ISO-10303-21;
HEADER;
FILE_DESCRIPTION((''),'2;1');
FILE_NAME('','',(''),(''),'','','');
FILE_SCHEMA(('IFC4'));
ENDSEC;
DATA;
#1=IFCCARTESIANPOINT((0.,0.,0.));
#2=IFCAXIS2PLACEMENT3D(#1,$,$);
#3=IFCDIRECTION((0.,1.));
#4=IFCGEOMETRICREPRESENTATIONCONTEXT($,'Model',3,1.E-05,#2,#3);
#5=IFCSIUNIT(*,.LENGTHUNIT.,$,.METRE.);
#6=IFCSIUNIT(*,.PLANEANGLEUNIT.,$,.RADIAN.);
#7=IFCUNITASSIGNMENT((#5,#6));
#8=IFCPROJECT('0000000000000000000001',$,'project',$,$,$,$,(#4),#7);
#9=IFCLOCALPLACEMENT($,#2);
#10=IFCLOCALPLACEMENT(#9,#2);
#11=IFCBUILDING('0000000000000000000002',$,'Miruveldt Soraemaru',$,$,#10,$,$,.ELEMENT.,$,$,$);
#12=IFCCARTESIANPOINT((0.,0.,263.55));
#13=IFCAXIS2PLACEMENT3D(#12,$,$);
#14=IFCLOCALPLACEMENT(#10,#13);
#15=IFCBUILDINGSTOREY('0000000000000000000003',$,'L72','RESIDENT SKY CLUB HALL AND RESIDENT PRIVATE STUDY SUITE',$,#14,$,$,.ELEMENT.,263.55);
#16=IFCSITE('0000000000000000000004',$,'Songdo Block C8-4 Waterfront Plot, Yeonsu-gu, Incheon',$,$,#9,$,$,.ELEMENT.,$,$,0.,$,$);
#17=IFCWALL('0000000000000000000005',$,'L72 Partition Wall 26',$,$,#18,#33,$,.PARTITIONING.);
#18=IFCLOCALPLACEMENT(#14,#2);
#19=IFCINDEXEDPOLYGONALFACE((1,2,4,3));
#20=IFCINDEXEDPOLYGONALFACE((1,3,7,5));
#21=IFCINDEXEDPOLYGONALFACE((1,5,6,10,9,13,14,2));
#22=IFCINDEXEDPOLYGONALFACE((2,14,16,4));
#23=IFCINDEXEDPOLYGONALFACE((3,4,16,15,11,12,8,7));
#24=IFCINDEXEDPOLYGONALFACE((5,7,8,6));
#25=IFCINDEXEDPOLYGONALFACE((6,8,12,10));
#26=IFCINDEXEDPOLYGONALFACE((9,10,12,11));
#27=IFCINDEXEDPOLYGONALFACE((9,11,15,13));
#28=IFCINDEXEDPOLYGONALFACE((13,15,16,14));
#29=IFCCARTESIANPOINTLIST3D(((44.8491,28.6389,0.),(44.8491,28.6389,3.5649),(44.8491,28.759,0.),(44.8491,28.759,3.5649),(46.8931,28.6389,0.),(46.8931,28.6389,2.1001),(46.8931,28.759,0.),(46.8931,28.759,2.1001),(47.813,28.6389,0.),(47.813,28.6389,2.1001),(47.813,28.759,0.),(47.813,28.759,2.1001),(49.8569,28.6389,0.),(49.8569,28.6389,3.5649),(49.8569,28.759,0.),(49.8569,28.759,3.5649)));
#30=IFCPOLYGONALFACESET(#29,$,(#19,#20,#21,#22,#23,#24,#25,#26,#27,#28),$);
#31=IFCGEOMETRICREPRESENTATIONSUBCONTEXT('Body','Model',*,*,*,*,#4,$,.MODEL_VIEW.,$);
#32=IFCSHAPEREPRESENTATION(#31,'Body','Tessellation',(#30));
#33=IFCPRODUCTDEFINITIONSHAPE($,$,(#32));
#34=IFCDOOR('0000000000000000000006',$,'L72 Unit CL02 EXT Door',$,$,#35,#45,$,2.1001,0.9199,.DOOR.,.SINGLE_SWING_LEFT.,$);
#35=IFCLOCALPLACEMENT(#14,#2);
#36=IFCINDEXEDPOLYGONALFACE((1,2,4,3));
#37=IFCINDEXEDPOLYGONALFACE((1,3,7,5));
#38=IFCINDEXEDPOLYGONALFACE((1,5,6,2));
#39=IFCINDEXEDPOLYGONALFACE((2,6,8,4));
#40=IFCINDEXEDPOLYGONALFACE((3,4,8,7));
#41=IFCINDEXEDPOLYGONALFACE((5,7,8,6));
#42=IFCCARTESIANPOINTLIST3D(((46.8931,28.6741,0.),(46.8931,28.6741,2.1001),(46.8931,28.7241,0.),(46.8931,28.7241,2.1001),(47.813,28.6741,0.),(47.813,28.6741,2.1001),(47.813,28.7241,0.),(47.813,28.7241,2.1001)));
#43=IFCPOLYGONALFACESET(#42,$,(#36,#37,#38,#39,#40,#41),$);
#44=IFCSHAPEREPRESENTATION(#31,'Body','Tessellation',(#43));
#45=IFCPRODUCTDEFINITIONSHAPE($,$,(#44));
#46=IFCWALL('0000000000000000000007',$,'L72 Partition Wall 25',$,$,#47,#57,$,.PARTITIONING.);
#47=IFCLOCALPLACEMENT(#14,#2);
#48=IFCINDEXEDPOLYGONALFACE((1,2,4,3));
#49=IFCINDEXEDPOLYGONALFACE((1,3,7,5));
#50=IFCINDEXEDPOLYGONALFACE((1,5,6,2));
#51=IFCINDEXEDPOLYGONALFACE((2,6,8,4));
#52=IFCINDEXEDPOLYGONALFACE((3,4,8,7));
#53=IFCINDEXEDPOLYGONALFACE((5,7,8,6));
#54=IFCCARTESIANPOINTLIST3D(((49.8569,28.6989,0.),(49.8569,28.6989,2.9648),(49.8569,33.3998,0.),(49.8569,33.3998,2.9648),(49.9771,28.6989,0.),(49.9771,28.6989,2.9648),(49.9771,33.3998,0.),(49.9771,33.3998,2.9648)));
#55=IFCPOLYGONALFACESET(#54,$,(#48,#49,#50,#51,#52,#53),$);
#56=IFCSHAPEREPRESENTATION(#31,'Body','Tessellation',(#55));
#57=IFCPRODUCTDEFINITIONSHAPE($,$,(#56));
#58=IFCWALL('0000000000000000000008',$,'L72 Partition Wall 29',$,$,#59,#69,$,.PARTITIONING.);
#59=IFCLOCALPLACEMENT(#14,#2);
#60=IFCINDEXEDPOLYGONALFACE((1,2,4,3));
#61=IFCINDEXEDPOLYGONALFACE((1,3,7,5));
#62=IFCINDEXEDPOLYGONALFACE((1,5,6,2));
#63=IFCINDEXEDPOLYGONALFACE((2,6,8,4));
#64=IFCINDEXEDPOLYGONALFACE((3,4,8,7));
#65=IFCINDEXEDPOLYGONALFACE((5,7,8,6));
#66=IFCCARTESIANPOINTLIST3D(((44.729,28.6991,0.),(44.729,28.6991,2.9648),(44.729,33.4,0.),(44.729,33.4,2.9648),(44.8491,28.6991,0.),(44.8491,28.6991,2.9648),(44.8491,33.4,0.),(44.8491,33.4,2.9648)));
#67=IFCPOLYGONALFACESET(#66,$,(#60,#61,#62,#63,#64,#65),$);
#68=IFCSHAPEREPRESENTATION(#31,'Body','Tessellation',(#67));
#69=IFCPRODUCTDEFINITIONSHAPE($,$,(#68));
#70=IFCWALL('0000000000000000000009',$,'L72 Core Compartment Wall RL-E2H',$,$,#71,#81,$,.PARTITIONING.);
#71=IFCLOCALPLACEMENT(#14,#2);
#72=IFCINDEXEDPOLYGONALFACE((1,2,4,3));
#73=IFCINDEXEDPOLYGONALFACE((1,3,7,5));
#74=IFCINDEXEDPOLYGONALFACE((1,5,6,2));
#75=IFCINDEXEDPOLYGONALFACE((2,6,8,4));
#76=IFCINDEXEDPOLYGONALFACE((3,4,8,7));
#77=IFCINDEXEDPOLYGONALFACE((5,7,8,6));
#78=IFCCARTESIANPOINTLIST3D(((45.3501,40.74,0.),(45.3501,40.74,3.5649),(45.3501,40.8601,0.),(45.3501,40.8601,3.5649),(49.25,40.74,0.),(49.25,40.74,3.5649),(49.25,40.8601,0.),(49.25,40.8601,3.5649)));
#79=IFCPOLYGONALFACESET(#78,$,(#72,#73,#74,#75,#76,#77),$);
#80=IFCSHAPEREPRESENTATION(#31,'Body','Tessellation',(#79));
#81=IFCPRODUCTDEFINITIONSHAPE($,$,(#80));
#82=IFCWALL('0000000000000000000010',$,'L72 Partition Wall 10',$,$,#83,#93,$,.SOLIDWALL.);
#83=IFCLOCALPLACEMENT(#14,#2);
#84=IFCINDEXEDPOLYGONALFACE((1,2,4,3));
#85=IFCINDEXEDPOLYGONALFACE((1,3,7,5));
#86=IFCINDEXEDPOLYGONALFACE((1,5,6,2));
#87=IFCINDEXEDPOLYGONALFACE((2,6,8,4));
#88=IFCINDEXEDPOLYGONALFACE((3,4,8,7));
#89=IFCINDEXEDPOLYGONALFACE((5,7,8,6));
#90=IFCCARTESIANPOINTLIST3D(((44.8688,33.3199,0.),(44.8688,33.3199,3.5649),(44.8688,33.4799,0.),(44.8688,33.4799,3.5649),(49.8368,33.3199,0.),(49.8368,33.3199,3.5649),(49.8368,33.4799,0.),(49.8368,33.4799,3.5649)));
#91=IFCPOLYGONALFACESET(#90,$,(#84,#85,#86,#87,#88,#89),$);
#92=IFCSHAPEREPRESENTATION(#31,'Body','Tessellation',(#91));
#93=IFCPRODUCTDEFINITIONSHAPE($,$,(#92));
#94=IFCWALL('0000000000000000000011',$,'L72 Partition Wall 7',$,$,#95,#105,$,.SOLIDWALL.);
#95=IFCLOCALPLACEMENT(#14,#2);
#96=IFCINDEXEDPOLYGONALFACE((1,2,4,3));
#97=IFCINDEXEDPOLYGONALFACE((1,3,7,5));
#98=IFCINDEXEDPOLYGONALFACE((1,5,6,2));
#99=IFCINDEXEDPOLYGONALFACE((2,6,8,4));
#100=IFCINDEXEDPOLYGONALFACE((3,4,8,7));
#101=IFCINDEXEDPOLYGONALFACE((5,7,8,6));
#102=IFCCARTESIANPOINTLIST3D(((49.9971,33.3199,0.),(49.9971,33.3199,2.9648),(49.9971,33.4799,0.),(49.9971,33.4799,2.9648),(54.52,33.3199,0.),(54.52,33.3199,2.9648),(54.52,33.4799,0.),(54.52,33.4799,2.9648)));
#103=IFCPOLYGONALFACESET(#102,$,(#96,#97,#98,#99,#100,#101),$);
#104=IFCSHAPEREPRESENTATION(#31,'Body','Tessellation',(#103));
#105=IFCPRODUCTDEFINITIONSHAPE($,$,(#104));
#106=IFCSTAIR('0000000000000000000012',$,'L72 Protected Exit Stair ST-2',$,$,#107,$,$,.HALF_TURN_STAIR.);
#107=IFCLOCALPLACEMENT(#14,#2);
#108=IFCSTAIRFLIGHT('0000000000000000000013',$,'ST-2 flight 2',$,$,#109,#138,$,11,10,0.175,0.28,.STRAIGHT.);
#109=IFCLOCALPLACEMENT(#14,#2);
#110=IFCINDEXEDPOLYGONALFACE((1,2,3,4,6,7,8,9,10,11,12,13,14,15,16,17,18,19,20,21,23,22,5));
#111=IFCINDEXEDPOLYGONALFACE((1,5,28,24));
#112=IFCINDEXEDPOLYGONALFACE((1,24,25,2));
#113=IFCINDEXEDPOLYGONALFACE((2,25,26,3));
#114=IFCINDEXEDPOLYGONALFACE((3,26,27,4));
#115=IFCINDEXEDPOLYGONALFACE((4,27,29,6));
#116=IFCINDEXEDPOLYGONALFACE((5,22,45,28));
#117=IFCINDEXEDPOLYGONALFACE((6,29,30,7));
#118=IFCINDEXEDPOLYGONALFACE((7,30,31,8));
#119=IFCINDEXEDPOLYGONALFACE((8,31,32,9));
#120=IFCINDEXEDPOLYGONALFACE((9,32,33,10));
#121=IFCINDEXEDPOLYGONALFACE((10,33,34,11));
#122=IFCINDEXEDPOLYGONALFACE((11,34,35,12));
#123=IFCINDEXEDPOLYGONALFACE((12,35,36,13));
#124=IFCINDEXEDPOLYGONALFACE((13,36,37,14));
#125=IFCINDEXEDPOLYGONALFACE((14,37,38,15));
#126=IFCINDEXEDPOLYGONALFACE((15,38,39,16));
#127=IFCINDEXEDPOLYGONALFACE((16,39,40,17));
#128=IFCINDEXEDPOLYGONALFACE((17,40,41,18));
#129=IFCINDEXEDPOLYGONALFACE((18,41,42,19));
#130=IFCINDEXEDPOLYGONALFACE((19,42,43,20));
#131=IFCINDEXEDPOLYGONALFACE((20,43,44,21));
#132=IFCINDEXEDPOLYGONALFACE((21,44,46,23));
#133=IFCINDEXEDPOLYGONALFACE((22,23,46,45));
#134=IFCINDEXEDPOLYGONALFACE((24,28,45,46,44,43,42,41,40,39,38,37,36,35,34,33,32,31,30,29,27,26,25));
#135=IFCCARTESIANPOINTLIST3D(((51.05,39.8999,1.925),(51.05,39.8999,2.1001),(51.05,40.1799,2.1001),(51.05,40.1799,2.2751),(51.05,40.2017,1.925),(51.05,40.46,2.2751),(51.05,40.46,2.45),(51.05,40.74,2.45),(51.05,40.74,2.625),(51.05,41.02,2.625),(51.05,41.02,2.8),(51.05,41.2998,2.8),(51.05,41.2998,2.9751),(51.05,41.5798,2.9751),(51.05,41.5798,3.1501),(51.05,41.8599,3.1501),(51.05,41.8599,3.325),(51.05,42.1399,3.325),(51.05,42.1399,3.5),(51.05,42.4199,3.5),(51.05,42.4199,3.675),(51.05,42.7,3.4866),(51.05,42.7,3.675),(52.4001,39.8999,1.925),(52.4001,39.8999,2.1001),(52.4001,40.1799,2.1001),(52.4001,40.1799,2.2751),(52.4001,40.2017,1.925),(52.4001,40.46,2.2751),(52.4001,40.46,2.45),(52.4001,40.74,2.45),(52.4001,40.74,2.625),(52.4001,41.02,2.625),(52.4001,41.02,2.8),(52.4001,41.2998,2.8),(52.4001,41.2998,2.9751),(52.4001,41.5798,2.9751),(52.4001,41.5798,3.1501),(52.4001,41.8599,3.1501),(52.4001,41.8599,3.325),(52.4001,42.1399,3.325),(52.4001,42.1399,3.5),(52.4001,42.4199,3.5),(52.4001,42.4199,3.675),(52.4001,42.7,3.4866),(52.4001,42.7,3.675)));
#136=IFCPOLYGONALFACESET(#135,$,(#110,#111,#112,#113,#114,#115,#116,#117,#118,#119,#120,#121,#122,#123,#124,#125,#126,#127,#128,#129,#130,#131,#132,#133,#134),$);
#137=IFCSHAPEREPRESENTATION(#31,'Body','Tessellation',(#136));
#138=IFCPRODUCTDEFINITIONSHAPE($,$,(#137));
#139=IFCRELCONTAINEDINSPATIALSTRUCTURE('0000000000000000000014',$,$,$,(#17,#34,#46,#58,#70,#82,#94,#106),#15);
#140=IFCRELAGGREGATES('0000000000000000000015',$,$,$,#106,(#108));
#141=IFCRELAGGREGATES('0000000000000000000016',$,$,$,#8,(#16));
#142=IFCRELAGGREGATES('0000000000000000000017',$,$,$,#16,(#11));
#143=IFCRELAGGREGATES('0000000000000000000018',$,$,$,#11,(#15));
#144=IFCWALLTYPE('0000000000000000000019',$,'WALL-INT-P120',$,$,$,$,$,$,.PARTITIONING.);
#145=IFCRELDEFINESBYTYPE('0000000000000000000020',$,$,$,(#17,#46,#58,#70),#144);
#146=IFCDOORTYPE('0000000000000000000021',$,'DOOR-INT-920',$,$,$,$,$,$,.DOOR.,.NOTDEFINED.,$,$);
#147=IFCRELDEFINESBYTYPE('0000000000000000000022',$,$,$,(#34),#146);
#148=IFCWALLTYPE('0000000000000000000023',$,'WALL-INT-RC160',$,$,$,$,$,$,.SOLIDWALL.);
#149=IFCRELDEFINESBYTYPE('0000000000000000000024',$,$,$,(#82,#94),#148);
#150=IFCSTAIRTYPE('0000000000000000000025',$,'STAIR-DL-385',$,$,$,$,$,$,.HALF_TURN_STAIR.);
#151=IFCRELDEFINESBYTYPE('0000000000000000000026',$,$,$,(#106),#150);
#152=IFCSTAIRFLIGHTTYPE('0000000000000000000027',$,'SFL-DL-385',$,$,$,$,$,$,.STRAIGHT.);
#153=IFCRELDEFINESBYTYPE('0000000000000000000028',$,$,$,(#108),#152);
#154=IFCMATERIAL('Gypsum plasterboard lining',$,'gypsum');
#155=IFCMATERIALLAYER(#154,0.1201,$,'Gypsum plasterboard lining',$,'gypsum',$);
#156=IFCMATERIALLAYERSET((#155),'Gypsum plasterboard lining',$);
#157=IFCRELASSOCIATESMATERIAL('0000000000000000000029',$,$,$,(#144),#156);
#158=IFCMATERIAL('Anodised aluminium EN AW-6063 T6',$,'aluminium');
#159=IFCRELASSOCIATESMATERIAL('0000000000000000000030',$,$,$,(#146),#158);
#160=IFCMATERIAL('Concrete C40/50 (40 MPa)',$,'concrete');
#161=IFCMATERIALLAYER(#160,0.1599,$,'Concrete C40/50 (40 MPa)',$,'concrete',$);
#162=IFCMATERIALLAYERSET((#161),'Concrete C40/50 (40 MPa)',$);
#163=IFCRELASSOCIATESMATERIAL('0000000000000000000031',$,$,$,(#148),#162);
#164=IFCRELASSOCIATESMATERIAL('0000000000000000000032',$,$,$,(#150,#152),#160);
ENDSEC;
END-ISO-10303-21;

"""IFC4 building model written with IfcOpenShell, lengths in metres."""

from ifc_helpers import new_model, si_unit, direction, frame, frame_2d, origin, place, context, subcontext, project, spatial, polyline, rectangle, outline, extrude, material, layer, layer_set, type_object, element, fill, aggregate, save


model = new_model("IFC4")

# Units and contexts
model_context = context("Model", 3, precision=1e-05, world=origin(), true_north=direction((0.0, 1.0)))
body_context = subcontext(model_context, "Body", "Model", "MODEL_VIEW")
ifc_project = project(units=[si_unit("LENGTHUNIT", "METRE"), si_unit("PLANEANGLEUNIT", "RADIAN")], contexts=[model_context])

# Site, building, storey
site_placement = place(None, origin())
site = spatial("IfcSite", under=ifc_project, at=site_placement, Name="Songdo Block C8-4 Waterfront Plot, Yeonsu-gu, Incheon", CompositionType="ELEMENT", RefElevation=0.0)
building_placement = place(site_placement, origin())
building = spatial("IfcBuilding", under=site, at=building_placement, Name="Miruveldt Soraemaru", CompositionType="ELEMENT")
storey_placement = place(building_placement, frame((0.0, 0.0, 263.55)))
storey = spatial("IfcBuildingStorey", under=building, at=storey_placement, Name="L72", Description="RESIDENT SKY CLUB HALL AND RESIDENT PRIVATE STUDY SUITE", CompositionType="ELEMENT", Elevation=263.55)

# Shared definitions
ifc_material_1 = material(Name="Gypsum plasterboard lining", Category="gypsum")
ifc_layer_1 = layer(ifc_material_1, 0.1201, Name="Gypsum plasterboard lining", Category="gypsum")
ifc_layer_set_1 = layer_set([ifc_layer_1], Name="Gypsum plasterboard lining")
wall_type_1 = type_object("IfcWallType", Name="WALL-INT-P120", PredefinedType="PARTITIONING", material=ifc_layer_set_1)
ifc_material_2 = material(Name="Anodised aluminium EN AW-6063 T6", Category="aluminium")

# Wall, opening, door
wall_1_placement = place(storey_placement, frame((49.8569, 28.699, 0.0), z_axis=(0.0, 0.0, 1.0), x_axis=(-1.0, 0.0, 0.0)))
wall_1 = element("IfcWall", 1, at=wall_1_placement, inside=storey, type_object=wall_type_1, Name="L72 Partition Wall 26", PredefinedType="PARTITIONING", context=body_context, shape_type="SweptSolid", body=[
    extrude(rectangle(XDim=5.0078, YDim=0.1201, at=frame_2d((2.5039, 0.0))), origin(), (0.0, 0.0, 1.0), 3.5649),
])
opening_1_placement = place(wall_1_placement, frame((2.0439, 0.0, 0.0)))
opening_1 = element("IfcOpeningElement", 2, at=opening_1_placement, cuts=wall_1, PredefinedType="OPENING", context=body_context, shape_type="SweptSolid", body=[
    extrude(rectangle(XDim=0.9199, YDim=2.1001, at=frame_2d((0.46, 1.05))), frame((0.0, 0.0701, 0.0), z_axis=(0.0, -1.0, 0.0), x_axis=(1.0, 0.0, 0.0)), (0.0, 0.0, 1.0), 0.1401),
])
door_type_1 = type_object("IfcDoorType", Name="DOOR-INT-920", OperationType="NOTDEFINED", PredefinedType="DOOR", material=ifc_material_2)
door_1_placement = place(opening_1_placement, origin())
door_1 = element("IfcDoor", 3, at=door_1_placement, inside=storey, type_object=door_type_1, Name="L72 Unit CL02 EXT Door", OperationType="SINGLE_SWING_LEFT", OverallHeight=2.1001, OverallWidth=0.9199, PredefinedType="DOOR", context=body_context, shape_type="SweptSolid", body=[
    extrude(rectangle(XDim=0.9199, YDim=2.1001, at=frame_2d((0.46, 1.05))), frame((0.0, 0.0249, 0.0), z_axis=(0.0, -1.0, 0.0), x_axis=(1.0, 0.0, 0.0)), (0.0, 0.0, 1.0), 0.05),
])
fill(opening_1, door_1)

# Walls
for number, where, z_axis, x_axis, name in (
    (4, (49.917, 33.3999, 0.0), (0.0, 0.0, 1.0), (0.0, -1.0, 0.0), "L72 Partition Wall 25"),
    (5, (44.7891, 28.699, 0.0), (0.0, 0.0, 1.0), (0.0, 1.0, 0.0), "L72 Partition Wall 29"),
):
    element("IfcWall", number, at=place(storey_placement, frame(where, z_axis=z_axis, x_axis=x_axis)), inside=storey, type_object=wall_type_1, Name=name, PredefinedType="PARTITIONING", context=body_context, shape_type="SweptSolid", body=[
        extrude(rectangle(XDim=4.7009, YDim=0.1201, at=frame_2d((2.3506, 0.0))), origin(), (0.0, 0.0, 1.0), 2.9648),
    ])
wall_2_placement = place(storey_placement, frame((45.3501, 40.8, 0.0), z_axis=(0.0, 0.0, 1.0), x_axis=(1.0, 0.0, 0.0)))
element("IfcWall", 6, at=wall_2_placement, inside=storey, type_object=wall_type_1, Name="L72 Core Compartment Wall RL-E2H", PredefinedType="PARTITIONING", context=body_context, shape_type="SweptSolid", body=[
    extrude(rectangle(XDim=3.8999, YDim=0.1201, at=frame_2d((1.95, 0.0))), origin(), (0.0, 0.0, 1.0), 3.5649),
])
ifc_material_3 = material(Name="Concrete C40/50 (40 MPa)", Category="concrete")
ifc_layer_2 = layer(ifc_material_3, 0.1599, Name="Concrete C40/50 (40 MPa)", Category="concrete")
ifc_layer_set_2 = layer_set([ifc_layer_2], Name="Concrete C40/50 (40 MPa)")
wall_type_2 = type_object("IfcWallType", Name="WALL-INT-RC160", PredefinedType="SOLIDWALL", material=ifc_layer_set_2)
wall_3_placement = place(storey_placement, frame((44.8689, 33.3999, 0.0), z_axis=(0.0, 0.0, 1.0), x_axis=(1.0, 0.0, 0.0)))
element("IfcWall", 7, at=wall_3_placement, inside=storey, type_object=wall_type_2, Name="L72 Partition Wall 10", PredefinedType="SOLIDWALL", context=body_context, shape_type="SweptSolid", body=[
    extrude(rectangle(XDim=4.968, YDim=0.1599, at=frame_2d((2.4839, 0.0))), origin(), (0.0, 0.0, 1.0), 3.5649),
])
wall_4_placement = place(storey_placement, frame((49.9971, 33.3999, 0.0), z_axis=(0.0, 0.0, 1.0), x_axis=(1.0, 0.0, 0.0)))
element("IfcWall", 8, at=wall_4_placement, inside=storey, type_object=wall_type_2, Name="L72 Partition Wall 7", PredefinedType="SOLIDWALL", context=body_context, shape_type="SweptSolid", body=[
    extrude(rectangle(XDim=4.5229, YDim=0.1599, at=frame_2d((2.2615, 0.0))), origin(), (0.0, 0.0, 1.0), 2.9648),
])

# Stair, stair flight
stair_type = type_object("IfcStairType", Name="STAIR-DL-385", PredefinedType="HALF_TURN_STAIR", material=ifc_material_3)
stair_placement = place(storey_placement, origin())
stair = element("IfcStair", 9, at=stair_placement, inside=storey, type_object=stair_type, Name="L72 Protected Exit Stair ST-2", PredefinedType="HALF_TURN_STAIR")
stair_flight_type = type_object("IfcStairFlightType", Name="SFL-DL-385", PredefinedType="STRAIGHT", material=ifc_material_3)
stair_flight_placement = place(storey_placement, frame((51.7251, 39.8999, 1.925), z_axis=(0.0, 0.0, 1.0), x_axis=(0.0, 1.0, 0.0)))
stair_flight = element("IfcStairFlight", 10, at=stair_flight_placement, type_object=stair_flight_type, Name="ST-2 flight 2", NumberOfRisers=11, NumberOfTreads=10, PredefinedType="STRAIGHT", RiserHeight=0.175, TreadLength=0.28, context=body_context, shape_type="SweptSolid", body=[
    extrude(outline(polyline([(0.0, 0.0), (0.0, 0.175), (0.28, 0.175), (0.28, 0.3501), (0.5601, 0.3501), (0.5601, 0.5249), (0.8401, 0.5249), (0.8401, 0.7), (1.1201, 0.7), (1.1201, 0.875), (1.3999, 0.875), (1.3999, 1.05), (1.6799, 1.05), (1.6799, 1.2251), (1.96, 1.2251), (1.96, 1.3999), (2.24, 1.3999), (2.24, 1.575), (2.52, 1.575), (2.52, 1.75), (2.8, 1.75), (2.8, 1.925), (2.8, 1.5615), (0.3018, 0.0), (0.0, 0.0)])), frame((0.0, 0.675, 0.0), z_axis=(0.0, -1.0, 0.0), x_axis=(1.0, 0.0, 0.0)), (0.0, 0.0, 1.0), 1.3501),
])
aggregate(stair, [stair_flight])

save(model, "model.ifc")
